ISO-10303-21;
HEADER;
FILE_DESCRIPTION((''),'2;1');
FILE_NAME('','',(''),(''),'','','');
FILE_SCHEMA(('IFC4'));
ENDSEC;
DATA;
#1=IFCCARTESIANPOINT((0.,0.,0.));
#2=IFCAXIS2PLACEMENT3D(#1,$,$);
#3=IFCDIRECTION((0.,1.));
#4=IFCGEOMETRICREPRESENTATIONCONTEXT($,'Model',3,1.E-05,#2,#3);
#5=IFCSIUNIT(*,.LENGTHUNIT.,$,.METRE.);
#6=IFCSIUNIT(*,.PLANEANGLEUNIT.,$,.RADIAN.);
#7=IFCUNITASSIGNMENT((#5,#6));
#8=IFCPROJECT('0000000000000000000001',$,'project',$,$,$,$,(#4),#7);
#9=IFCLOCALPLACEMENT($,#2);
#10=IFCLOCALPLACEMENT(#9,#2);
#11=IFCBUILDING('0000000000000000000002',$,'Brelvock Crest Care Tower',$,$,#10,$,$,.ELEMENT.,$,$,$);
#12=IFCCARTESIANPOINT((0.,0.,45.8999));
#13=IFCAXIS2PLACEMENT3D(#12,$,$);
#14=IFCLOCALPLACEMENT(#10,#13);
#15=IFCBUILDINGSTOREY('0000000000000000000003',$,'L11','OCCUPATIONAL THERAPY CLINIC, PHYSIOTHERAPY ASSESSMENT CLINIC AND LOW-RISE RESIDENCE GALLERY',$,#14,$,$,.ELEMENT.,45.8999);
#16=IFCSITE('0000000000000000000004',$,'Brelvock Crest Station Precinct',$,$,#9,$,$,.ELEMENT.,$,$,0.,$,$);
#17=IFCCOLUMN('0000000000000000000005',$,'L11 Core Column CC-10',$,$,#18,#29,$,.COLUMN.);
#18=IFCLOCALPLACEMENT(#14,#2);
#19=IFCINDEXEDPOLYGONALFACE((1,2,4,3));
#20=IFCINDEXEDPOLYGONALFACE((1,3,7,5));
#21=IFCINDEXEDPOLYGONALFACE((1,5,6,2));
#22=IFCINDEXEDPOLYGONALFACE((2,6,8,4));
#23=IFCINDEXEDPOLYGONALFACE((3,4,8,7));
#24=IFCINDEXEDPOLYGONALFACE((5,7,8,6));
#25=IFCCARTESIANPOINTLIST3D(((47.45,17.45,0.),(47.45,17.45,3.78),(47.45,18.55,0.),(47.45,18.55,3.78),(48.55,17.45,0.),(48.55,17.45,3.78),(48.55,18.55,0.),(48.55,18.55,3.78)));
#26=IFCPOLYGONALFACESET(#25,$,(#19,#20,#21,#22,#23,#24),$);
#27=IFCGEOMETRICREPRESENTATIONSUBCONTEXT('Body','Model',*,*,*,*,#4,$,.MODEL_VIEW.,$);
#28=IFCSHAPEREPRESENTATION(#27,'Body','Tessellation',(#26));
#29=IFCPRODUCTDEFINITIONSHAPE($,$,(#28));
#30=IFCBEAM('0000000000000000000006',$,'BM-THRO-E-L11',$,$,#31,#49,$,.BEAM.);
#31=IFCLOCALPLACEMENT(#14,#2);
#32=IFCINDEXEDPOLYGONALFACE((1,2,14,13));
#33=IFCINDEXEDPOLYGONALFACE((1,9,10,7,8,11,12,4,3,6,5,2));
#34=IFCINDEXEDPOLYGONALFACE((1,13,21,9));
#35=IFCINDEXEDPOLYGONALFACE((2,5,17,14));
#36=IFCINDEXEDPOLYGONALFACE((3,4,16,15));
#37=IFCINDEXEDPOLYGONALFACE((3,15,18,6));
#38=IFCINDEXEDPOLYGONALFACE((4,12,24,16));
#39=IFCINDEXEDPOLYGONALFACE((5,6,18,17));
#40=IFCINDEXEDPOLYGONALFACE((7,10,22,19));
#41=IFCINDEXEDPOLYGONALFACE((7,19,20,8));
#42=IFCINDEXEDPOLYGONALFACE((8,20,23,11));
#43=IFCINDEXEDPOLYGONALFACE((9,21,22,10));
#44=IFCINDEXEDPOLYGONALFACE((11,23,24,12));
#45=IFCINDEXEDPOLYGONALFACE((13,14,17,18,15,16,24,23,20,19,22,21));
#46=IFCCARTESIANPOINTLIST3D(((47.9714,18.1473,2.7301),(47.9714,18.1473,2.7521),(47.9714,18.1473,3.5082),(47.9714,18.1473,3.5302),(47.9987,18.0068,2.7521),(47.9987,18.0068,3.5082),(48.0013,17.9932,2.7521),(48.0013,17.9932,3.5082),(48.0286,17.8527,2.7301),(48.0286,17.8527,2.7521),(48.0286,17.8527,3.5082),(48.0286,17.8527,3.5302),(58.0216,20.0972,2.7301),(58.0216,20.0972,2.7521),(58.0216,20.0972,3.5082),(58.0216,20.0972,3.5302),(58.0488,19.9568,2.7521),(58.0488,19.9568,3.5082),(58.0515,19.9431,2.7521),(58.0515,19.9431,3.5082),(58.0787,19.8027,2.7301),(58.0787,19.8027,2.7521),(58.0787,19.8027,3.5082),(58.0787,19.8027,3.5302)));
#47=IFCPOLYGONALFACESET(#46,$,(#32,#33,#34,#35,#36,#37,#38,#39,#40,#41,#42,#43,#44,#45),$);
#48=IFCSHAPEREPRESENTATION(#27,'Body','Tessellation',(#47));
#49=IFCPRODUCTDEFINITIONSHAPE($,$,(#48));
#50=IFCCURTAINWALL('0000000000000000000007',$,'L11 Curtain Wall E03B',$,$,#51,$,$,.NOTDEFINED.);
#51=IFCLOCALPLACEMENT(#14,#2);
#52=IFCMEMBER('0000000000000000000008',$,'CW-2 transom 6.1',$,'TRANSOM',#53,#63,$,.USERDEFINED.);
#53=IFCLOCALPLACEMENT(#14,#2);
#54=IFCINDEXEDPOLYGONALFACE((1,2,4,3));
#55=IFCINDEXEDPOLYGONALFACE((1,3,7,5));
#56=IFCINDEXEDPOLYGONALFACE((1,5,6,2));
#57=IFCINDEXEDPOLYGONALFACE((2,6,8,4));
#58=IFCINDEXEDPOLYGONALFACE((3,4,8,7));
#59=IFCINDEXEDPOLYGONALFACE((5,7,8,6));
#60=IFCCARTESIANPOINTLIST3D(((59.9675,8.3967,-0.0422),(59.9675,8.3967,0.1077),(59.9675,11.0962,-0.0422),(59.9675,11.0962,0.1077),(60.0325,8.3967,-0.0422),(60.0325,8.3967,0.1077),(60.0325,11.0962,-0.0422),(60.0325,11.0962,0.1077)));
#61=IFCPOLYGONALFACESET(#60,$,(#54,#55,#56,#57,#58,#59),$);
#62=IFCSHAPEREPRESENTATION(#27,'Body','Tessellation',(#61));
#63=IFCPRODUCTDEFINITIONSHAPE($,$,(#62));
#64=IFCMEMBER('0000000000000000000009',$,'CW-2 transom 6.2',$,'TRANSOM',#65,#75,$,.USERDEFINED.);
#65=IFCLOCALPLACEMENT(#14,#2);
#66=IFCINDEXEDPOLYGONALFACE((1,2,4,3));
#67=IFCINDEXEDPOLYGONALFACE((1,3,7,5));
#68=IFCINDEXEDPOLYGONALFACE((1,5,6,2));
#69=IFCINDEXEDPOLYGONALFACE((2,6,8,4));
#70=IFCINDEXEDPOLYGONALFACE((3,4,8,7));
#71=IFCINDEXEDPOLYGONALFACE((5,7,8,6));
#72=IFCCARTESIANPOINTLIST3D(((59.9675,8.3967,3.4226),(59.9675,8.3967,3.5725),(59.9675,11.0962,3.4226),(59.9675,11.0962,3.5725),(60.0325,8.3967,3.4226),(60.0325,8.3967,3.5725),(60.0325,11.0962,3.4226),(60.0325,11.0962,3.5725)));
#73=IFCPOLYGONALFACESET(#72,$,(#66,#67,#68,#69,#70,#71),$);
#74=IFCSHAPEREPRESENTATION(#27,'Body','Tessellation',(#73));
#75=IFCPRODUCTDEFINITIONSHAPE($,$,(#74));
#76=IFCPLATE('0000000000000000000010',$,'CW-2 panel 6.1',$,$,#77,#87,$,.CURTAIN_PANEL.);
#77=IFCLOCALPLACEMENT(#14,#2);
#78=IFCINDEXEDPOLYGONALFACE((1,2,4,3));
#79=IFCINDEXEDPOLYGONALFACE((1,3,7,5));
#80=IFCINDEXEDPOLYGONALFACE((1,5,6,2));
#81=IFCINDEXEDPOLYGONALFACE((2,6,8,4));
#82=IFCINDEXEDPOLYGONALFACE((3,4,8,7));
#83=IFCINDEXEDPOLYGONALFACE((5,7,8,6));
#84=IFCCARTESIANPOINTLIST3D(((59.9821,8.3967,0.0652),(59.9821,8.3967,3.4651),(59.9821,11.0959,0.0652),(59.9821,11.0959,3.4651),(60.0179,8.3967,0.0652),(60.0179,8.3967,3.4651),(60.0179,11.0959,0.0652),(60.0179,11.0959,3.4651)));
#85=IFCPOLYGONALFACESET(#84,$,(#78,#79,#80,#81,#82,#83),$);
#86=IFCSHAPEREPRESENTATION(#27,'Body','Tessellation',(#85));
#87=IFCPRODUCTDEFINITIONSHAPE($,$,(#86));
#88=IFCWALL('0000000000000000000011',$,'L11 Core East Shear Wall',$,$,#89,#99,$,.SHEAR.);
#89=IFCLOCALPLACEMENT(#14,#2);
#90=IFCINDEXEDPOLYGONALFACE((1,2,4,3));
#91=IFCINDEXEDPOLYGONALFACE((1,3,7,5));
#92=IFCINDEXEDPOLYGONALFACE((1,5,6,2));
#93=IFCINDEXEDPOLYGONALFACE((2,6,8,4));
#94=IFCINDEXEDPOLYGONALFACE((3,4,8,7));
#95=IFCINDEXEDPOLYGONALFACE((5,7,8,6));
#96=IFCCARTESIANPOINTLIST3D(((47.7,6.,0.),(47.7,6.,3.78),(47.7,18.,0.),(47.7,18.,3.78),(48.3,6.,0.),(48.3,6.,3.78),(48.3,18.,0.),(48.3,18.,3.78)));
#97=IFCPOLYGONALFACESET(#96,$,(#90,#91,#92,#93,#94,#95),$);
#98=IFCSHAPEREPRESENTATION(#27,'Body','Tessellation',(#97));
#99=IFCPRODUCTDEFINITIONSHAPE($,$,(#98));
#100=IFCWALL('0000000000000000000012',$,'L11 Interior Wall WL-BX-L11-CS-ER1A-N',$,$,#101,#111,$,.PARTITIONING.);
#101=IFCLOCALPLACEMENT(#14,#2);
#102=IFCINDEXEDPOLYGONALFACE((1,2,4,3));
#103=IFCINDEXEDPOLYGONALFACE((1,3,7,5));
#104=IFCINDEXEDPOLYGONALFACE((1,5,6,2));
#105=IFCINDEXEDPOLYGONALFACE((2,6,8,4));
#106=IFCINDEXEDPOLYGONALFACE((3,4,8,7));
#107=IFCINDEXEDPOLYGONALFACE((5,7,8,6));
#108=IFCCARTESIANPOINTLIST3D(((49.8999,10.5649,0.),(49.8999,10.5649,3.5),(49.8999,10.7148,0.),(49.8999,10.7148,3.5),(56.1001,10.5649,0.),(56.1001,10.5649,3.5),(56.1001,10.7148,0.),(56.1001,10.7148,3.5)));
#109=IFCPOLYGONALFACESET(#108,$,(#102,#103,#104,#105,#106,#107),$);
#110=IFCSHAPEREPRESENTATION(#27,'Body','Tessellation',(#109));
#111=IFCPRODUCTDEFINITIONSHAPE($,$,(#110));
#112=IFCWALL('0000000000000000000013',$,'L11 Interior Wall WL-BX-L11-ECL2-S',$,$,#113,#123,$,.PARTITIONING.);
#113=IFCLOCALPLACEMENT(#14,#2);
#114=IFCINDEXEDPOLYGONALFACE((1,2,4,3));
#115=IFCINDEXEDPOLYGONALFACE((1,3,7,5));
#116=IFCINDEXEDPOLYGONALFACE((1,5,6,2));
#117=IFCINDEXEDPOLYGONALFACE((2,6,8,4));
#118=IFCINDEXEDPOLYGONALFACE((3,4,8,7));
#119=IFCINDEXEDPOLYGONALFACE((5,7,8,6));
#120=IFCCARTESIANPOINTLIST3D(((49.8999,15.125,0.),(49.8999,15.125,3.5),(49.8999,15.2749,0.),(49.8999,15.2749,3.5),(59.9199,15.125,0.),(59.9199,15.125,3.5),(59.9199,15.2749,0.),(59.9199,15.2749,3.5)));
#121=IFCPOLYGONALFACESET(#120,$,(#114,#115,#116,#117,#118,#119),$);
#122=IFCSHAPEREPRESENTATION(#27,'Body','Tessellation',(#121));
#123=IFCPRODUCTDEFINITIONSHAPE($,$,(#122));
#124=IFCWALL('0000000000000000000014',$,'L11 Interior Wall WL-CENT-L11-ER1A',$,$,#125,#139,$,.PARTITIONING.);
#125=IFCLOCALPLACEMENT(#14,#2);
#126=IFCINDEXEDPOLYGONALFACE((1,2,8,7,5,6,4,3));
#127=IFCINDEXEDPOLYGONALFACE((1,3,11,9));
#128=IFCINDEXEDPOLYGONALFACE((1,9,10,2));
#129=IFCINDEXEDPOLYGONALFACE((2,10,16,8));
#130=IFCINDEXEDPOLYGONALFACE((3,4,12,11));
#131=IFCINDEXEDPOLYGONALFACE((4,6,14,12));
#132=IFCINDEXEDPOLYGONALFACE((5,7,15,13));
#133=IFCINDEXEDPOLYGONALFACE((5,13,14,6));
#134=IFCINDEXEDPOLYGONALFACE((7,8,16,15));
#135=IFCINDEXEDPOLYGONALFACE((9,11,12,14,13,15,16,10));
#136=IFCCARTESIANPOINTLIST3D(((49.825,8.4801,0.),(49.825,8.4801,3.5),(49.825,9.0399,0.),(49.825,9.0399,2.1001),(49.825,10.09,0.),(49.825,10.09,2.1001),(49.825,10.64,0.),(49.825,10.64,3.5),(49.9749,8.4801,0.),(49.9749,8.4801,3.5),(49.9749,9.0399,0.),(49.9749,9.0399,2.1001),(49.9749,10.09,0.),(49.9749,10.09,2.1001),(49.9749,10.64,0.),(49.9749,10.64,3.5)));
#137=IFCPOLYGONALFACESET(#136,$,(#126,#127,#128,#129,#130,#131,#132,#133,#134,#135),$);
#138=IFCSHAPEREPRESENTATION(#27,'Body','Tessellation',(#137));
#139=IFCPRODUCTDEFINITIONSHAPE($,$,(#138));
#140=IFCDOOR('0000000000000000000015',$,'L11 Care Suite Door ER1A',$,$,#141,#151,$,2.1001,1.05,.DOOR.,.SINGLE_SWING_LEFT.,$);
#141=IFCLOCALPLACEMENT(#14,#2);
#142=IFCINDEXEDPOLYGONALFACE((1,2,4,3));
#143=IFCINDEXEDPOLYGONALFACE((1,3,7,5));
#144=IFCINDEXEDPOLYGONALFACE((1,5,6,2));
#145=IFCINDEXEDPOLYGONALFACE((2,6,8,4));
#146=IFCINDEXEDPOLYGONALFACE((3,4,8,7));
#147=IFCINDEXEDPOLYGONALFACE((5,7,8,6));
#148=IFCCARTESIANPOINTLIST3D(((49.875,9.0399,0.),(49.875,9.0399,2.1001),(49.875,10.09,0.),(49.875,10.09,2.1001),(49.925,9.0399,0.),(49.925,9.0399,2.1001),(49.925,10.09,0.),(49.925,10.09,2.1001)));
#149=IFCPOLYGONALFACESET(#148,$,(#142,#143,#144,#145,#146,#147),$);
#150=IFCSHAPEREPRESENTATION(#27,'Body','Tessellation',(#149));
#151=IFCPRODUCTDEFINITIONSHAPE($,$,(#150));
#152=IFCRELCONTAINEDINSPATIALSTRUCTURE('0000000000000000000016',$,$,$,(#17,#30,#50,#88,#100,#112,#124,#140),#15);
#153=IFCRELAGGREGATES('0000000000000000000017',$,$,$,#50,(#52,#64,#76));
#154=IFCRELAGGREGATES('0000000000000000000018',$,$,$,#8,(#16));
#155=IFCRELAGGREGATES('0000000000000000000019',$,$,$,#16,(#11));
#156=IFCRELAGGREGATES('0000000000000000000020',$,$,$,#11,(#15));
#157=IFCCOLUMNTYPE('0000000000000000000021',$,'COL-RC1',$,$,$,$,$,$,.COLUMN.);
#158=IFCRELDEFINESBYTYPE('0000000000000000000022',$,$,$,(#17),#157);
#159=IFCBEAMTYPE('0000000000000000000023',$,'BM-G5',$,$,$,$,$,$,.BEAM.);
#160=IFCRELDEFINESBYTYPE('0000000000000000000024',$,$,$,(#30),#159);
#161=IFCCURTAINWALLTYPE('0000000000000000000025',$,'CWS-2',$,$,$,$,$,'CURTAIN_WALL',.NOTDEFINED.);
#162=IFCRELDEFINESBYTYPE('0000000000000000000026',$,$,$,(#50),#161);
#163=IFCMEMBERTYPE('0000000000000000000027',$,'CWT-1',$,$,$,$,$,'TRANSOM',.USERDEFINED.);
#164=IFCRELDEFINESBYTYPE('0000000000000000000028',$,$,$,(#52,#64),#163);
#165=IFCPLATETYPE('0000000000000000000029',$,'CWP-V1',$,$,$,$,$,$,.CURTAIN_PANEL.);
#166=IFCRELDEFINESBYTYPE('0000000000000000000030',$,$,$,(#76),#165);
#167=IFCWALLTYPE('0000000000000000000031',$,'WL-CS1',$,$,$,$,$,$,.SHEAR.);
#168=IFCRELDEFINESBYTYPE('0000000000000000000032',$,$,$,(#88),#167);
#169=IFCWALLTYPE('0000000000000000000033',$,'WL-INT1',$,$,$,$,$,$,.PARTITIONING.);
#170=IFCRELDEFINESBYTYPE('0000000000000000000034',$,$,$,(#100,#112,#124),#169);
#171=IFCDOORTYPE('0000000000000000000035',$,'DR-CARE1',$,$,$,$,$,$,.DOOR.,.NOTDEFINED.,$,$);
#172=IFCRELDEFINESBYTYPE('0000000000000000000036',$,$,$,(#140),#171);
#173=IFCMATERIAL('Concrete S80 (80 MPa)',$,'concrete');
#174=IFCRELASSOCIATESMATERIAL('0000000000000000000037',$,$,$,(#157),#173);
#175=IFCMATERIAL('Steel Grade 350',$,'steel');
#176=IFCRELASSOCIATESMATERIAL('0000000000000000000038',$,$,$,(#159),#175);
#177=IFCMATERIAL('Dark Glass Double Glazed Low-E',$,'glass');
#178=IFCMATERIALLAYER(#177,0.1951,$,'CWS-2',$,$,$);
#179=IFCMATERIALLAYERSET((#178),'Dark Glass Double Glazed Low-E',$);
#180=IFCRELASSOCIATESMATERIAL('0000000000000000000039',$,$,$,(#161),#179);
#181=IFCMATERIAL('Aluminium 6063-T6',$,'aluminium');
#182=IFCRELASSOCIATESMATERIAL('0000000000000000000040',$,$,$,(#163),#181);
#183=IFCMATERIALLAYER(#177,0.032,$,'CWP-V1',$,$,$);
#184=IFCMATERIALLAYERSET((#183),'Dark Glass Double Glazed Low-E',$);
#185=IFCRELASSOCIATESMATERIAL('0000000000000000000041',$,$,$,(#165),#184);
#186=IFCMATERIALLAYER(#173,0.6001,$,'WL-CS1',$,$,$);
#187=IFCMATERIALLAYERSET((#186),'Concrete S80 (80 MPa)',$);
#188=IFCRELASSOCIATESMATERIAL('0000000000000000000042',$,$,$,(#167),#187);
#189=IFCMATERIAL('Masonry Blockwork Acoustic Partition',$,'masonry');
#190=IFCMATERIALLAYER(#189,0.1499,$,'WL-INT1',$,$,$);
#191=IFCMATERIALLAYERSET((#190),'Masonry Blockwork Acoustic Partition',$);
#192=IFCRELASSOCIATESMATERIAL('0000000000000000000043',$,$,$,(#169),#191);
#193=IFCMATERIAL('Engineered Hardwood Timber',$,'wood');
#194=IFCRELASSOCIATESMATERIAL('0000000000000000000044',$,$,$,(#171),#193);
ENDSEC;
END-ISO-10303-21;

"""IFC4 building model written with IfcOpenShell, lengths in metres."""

from ifc_helpers import new_model, si_unit, direction, frame, frame_2d, origin, origin_2d, place, context, subcontext, project, spatial, rectangle, i_section, extrude, source, transform, mapped, material, layer, layer_set, material_profile, profile_set, type_object, element, fill, aggregate, save


model = new_model("IFC4")

# Units and contexts
model_context = context("Model", 3, precision=1e-05, world=origin(), true_north=direction((0.0, 1.0)))
body_context = subcontext(model_context, "Body", "Model", "MODEL_VIEW")
ifc_project = project(units=[si_unit("LENGTHUNIT", "METRE"), si_unit("PLANEANGLEUNIT", "RADIAN")], contexts=[model_context])

# Site, building, storey
site_placement = place(None, origin())
site = spatial("IfcSite", under=ifc_project, at=site_placement, Name="Brelvock Crest Station Precinct", CompositionType="ELEMENT", RefElevation=0.0)
building_placement = place(site_placement, origin())
building = spatial("IfcBuilding", under=site, at=building_placement, Name="Brelvock Crest Care Tower", CompositionType="ELEMENT")
storey_placement = place(building_placement, frame((0.0, 0.0, 45.8999)))
storey = spatial("IfcBuildingStorey", under=building, at=storey_placement, Name="L11", Description="OCCUPATIONAL THERAPY CLINIC, PHYSIOTHERAPY ASSESSMENT CLINIC AND LOW-RISE RESIDENCE GALLERY", CompositionType="ELEMENT", Elevation=45.8999)

# Column
ifc_material_1 = material(Name="Concrete S80 (80 MPa)", Category="concrete")
ifc_material_profile_1 = material_profile(ifc_material_1, rectangle(XDim=1.1001, YDim=1.1001, at=origin_2d()), Name="RC1100x1100")
ifc_profile_set_1 = profile_set([ifc_material_profile_1], Name="Concrete S80 (80 MPa)")
column_type = type_object("IfcColumnType", Name="COL-RC1", PredefinedType="COLUMN", material=ifc_profile_set_1)
shared_shape_1 = source(origin(), body_context, "Body", "SweptSolid", [
    extrude(rectangle(XDim=1.1001, YDim=1.1001, at=origin_2d()), origin(), (0.0, 0.0, 1.0), 3.78),
])
column_placement = place(storey_placement, frame((48.0, 18.0, 0.0), z_axis=(0.0, 0.0, 1.0), x_axis=(1.0, 0.0, 0.0)))
element("IfcColumn", 1, at=column_placement, inside=storey, type_object=column_type, Name="L11 Core Column CC-10", PredefinedType="COLUMN", context=body_context, shape_type="MappedRepresentation", body=[
    mapped(shared_shape_1, transform((0.0, 0.0, 0.0), x_axis=(1.0, 0.0, 0.0), y_axis=(0.0, 1.0, 0.0), z_axis=(0.0, 0.0, 1.0), scale=1.0)),
])

# Beam
ifc_material_2 = material(Name="Steel Grade 350", Category="steel")
ifc_material_profile_2 = material_profile(ifc_material_2, i_section(OverallWidth=0.3, OverallDepth=0.8, WebThickness=0.0139, FlangeThickness=0.022, at=origin_2d()), Name="800WB192")
ifc_profile_set_2 = profile_set([ifc_material_profile_2], Name="Steel Grade 350")
beam_type = type_object("IfcBeamType", Name="BM-G5", PredefinedType="BEAM", material=ifc_profile_set_2)
shared_shape_2 = source(origin(), body_context, "Body", "SweptSolid", [
    extrude(i_section(OverallWidth=0.3, OverallDepth=0.8, WebThickness=0.0139, FlangeThickness=0.022, at=origin_2d()), origin(), (0.0, 0.0, 1.0), 10.2375),
])
beam_placement = place(storey_placement, frame((48.0, 18.0, 3.1301), z_axis=(0.981693, 0.190472, 0.0), x_axis=(-0.190472, 0.981693, 0.0)))
element("IfcBeam", 2, at=beam_placement, inside=storey, type_object=beam_type, Name="BM-THRO-E-L11", PredefinedType="BEAM", context=body_context, shape_type="MappedRepresentation", body=[
    mapped(shared_shape_2, transform((0.0, 0.0, 0.0), x_axis=(1.0, 0.0, 0.0), y_axis=(0.0, 1.0, 0.0), z_axis=(0.0, 0.0, 1.0), scale=1.0)),
])

# Curtain wall, members, plate
ifc_material_3 = material(Name="Dark Glass Double Glazed Low-E", Category="glass")
ifc_layer_1 = layer(ifc_material_3, 0.1951, Name="CWS-2")
ifc_layer_set_1 = layer_set([ifc_layer_1], Name="Dark Glass Double Glazed Low-E")
curtain_wall_type = type_object("IfcCurtainWallType", Name="CWS-2", ElementType="CURTAIN_WALL", PredefinedType="NOTDEFINED", material=ifc_layer_set_1)
curtain_wall_placement = place(storey_placement, origin())
curtain_wall = element("IfcCurtainWall", 3, at=curtain_wall_placement, inside=storey, type_object=curtain_wall_type, Name="L11 Curtain Wall E03B", PredefinedType="NOTDEFINED")
ifc_material_4 = material(Name="Aluminium 6063-T6", Category="aluminium")
ifc_material_profile_3 = material_profile(ifc_material_4, rectangle(XDim=0.0649, YDim=0.1499, at=origin_2d()), Name="ALU65x150")
ifc_profile_set_3 = profile_set([ifc_material_profile_3], Name="Aluminium 6063-T6")
member_type = type_object("IfcMemberType", Name="CWT-1", ElementType="TRANSOM", PredefinedType="USERDEFINED", material=ifc_profile_set_3)
shared_shape_3 = source(origin(), body_context, "Body", "SweptSolid", [
    extrude(rectangle(XDim=0.0649, YDim=0.1499, at=origin_2d()), origin(), (0.0, 0.0, 1.0), 2.6995),
])
member_1_placement = place(storey_placement, frame((60.0, 11.0962, 0.0327), z_axis=(0.0, -1.0, 0.0), x_axis=(1.0, 0.0, 0.0)))
member_1 = element("IfcMember", 4, at=member_1_placement, type_object=member_type, Name="CW-2 transom 6.1", ObjectType="TRANSOM", PredefinedType="USERDEFINED", context=body_context, shape_type="MappedRepresentation", body=[
    mapped(shared_shape_3, transform((0.0, 0.0, 0.0), x_axis=(1.0, 0.0, 0.0), y_axis=(0.0, 1.0, 0.0), z_axis=(0.0, 0.0, 1.0), scale=1.0)),
])
member_2_placement = place(storey_placement, frame((60.0, 11.0962, 3.4976), z_axis=(0.0, -1.0, 0.0), x_axis=(1.0, 0.0, 0.0)))
member_2 = element("IfcMember", 5, at=member_2_placement, type_object=member_type, Name="CW-2 transom 6.2", ObjectType="TRANSOM", PredefinedType="USERDEFINED", context=body_context, shape_type="MappedRepresentation", body=[
    mapped(shared_shape_3, transform((0.0, 0.0, 0.0), x_axis=(1.0, 0.0, 0.0), y_axis=(0.0, 1.0, 0.0), z_axis=(0.0, 0.0, 1.0), scale=1.0)),
])
ifc_layer_2 = layer(ifc_material_3, 0.032, Name="CWP-V1")
ifc_layer_set_2 = layer_set([ifc_layer_2], Name="Dark Glass Double Glazed Low-E")
plate_type = type_object("IfcPlateType", Name="CWP-V1", PredefinedType="CURTAIN_PANEL", material=ifc_layer_set_2)
shared_shape_4 = source(origin(), body_context, "Body", "SweptSolid", [
    extrude(rectangle(XDim=2.6992, YDim=0.0359, at=origin_2d()), origin(), (0.0, 0.0, 1.0), 3.3999),
])
plate_placement = place(storey_placement, frame((60.0, 9.7463, 0.0652), z_axis=(0.0, 0.0, 1.0), x_axis=(0.0, -1.0, 0.0)))
plate = element("IfcPlate", 6, at=plate_placement, type_object=plate_type, Name="CW-2 panel 6.1", PredefinedType="CURTAIN_PANEL", context=body_context, shape_type="MappedRepresentation", body=[
    mapped(shared_shape_4, transform((0.0, 0.0, 0.0), x_axis=(1.0, 0.0, 0.0), y_axis=(0.0, 1.0, 0.0), z_axis=(0.0, 0.0, 1.0), scale=1.0)),
])
aggregate(curtain_wall, [member_1, member_2, plate])

# Walls
ifc_layer_3 = layer(ifc_material_1, 0.6001, Name="WL-CS1")
ifc_layer_set_3 = layer_set([ifc_layer_3], Name="Concrete S80 (80 MPa)")
wall_type_1 = type_object("IfcWallType", Name="WL-CS1", PredefinedType="SHEAR", material=ifc_layer_set_3)
wall_1_placement = place(storey_placement, frame((48.0, 18.0, 0.0), z_axis=(0.0, 0.0, 1.0), x_axis=(0.0, -1.0, 0.0)))
element("IfcWall", 7, at=wall_1_placement, inside=storey, type_object=wall_type_1, Name="L11 Core East Shear Wall", PredefinedType="SHEAR", context=body_context, shape_type="SweptSolid", body=[
    extrude(rectangle(XDim=12.0, YDim=0.6001, at=frame_2d((6.0, 0.0))), origin(), (0.0, 0.0, 1.0), 3.78),
])
ifc_material_5 = material(Name="Masonry Blockwork Acoustic Partition", Category="masonry")
ifc_layer_4 = layer(ifc_material_5, 0.1499, Name="WL-INT1")
ifc_layer_set_4 = layer_set([ifc_layer_4], Name="Masonry Blockwork Acoustic Partition")
wall_type_2 = type_object("IfcWallType", Name="WL-INT1", PredefinedType="PARTITIONING", material=ifc_layer_set_4)
wall_2_placement = place(storey_placement, frame((49.8999, 10.6399, 0.0), z_axis=(0.0, 0.0, 1.0), x_axis=(1.0, 0.0, 0.0)))
element("IfcWall", 8, at=wall_2_placement, inside=storey, type_object=wall_type_2, Name="L11 Interior Wall WL-BX-L11-CS-ER1A-N", PredefinedType="PARTITIONING", context=body_context, shape_type="SweptSolid", body=[
    extrude(rectangle(XDim=6.2002, YDim=0.1499, at=frame_2d((3.1001, 0.0))), origin(), (0.0, 0.0, 1.0), 3.5),
])
wall_3_placement = place(storey_placement, frame((49.8999, 15.2, 0.0), z_axis=(0.0, 0.0, 1.0), x_axis=(1.0, 0.0, 0.0)))
element("IfcWall", 9, at=wall_3_placement, inside=storey, type_object=wall_type_2, Name="L11 Interior Wall WL-BX-L11-ECL2-S", PredefinedType="PARTITIONING", context=body_context, shape_type="SweptSolid", body=[
    extrude(rectangle(XDim=10.02, YDim=0.1499, at=frame_2d((5.01, 0.0))), origin(), (0.0, 0.0, 1.0), 3.5),
])

# Wall, opening, door
wall_4_placement = place(storey_placement, frame((49.8999, 8.48, 0.0), z_axis=(0.0, 0.0, 1.0), x_axis=(0.0, 1.0, 0.0)))
wall_4 = element("IfcWall", 10, at=wall_4_placement, inside=storey, type_object=wall_type_2, Name="L11 Interior Wall WL-CENT-L11-ER1A", PredefinedType="PARTITIONING", context=body_context, shape_type="SweptSolid", body=[
    extrude(rectangle(XDim=2.1599, YDim=0.1499, at=frame_2d((1.0801, 0.0))), origin(), (0.0, 0.0, 1.0), 3.5),
])
opening_1_placement = place(wall_4_placement, frame((0.5601, 0.0, 0.0)))
opening_1 = element("IfcOpeningElement", 11, at=opening_1_placement, cuts=wall_4, PredefinedType="OPENING", context=body_context, shape_type="SweptSolid", body=[
    extrude(rectangle(XDim=1.05, YDim=2.1001, at=origin_2d()), frame((0.5249, 0.085, 1.05), z_axis=(0.0, -1.0, 0.0), x_axis=(1.0, 0.0, 0.0)), (0.0, 0.0, 1.0), 0.1699),
])
ifc_material_6 = material(Name="Engineered Hardwood Timber", Category="wood")
door_type_1 = type_object("IfcDoorType", Name="DR-CARE1", OperationType="NOTDEFINED", PredefinedType="DOOR", material=ifc_material_6)
shared_shape_5 = source(origin(), body_context, "Body", "SweptSolid", [
    extrude(rectangle(XDim=1.05, YDim=2.1001, at=origin_2d()), frame((0.5249, 0.0249, 1.05), z_axis=(0.0, -1.0, 0.0), x_axis=(1.0, 0.0, 0.0)), (0.0, 0.0, 1.0), 0.05),
])
door_1_placement = place(opening_1_placement, origin())
door_1 = element("IfcDoor", 12, at=door_1_placement, inside=storey, type_object=door_type_1, Name="L11 Care Suite Door ER1A", OperationType="SINGLE_SWING_LEFT", OverallHeight=2.1001, OverallWidth=1.05, PredefinedType="DOOR", context=body_context, shape_type="MappedRepresentation", body=[
    mapped(shared_shape_5, transform((0.0, 0.0, 0.0), x_axis=(1.0, 0.0, 0.0), y_axis=(0.0, 1.0, 0.0), z_axis=(0.0, 0.0, 1.0), scale=1.0)),
])
fill(opening_1, door_1)

save(model, "model.ifc")
